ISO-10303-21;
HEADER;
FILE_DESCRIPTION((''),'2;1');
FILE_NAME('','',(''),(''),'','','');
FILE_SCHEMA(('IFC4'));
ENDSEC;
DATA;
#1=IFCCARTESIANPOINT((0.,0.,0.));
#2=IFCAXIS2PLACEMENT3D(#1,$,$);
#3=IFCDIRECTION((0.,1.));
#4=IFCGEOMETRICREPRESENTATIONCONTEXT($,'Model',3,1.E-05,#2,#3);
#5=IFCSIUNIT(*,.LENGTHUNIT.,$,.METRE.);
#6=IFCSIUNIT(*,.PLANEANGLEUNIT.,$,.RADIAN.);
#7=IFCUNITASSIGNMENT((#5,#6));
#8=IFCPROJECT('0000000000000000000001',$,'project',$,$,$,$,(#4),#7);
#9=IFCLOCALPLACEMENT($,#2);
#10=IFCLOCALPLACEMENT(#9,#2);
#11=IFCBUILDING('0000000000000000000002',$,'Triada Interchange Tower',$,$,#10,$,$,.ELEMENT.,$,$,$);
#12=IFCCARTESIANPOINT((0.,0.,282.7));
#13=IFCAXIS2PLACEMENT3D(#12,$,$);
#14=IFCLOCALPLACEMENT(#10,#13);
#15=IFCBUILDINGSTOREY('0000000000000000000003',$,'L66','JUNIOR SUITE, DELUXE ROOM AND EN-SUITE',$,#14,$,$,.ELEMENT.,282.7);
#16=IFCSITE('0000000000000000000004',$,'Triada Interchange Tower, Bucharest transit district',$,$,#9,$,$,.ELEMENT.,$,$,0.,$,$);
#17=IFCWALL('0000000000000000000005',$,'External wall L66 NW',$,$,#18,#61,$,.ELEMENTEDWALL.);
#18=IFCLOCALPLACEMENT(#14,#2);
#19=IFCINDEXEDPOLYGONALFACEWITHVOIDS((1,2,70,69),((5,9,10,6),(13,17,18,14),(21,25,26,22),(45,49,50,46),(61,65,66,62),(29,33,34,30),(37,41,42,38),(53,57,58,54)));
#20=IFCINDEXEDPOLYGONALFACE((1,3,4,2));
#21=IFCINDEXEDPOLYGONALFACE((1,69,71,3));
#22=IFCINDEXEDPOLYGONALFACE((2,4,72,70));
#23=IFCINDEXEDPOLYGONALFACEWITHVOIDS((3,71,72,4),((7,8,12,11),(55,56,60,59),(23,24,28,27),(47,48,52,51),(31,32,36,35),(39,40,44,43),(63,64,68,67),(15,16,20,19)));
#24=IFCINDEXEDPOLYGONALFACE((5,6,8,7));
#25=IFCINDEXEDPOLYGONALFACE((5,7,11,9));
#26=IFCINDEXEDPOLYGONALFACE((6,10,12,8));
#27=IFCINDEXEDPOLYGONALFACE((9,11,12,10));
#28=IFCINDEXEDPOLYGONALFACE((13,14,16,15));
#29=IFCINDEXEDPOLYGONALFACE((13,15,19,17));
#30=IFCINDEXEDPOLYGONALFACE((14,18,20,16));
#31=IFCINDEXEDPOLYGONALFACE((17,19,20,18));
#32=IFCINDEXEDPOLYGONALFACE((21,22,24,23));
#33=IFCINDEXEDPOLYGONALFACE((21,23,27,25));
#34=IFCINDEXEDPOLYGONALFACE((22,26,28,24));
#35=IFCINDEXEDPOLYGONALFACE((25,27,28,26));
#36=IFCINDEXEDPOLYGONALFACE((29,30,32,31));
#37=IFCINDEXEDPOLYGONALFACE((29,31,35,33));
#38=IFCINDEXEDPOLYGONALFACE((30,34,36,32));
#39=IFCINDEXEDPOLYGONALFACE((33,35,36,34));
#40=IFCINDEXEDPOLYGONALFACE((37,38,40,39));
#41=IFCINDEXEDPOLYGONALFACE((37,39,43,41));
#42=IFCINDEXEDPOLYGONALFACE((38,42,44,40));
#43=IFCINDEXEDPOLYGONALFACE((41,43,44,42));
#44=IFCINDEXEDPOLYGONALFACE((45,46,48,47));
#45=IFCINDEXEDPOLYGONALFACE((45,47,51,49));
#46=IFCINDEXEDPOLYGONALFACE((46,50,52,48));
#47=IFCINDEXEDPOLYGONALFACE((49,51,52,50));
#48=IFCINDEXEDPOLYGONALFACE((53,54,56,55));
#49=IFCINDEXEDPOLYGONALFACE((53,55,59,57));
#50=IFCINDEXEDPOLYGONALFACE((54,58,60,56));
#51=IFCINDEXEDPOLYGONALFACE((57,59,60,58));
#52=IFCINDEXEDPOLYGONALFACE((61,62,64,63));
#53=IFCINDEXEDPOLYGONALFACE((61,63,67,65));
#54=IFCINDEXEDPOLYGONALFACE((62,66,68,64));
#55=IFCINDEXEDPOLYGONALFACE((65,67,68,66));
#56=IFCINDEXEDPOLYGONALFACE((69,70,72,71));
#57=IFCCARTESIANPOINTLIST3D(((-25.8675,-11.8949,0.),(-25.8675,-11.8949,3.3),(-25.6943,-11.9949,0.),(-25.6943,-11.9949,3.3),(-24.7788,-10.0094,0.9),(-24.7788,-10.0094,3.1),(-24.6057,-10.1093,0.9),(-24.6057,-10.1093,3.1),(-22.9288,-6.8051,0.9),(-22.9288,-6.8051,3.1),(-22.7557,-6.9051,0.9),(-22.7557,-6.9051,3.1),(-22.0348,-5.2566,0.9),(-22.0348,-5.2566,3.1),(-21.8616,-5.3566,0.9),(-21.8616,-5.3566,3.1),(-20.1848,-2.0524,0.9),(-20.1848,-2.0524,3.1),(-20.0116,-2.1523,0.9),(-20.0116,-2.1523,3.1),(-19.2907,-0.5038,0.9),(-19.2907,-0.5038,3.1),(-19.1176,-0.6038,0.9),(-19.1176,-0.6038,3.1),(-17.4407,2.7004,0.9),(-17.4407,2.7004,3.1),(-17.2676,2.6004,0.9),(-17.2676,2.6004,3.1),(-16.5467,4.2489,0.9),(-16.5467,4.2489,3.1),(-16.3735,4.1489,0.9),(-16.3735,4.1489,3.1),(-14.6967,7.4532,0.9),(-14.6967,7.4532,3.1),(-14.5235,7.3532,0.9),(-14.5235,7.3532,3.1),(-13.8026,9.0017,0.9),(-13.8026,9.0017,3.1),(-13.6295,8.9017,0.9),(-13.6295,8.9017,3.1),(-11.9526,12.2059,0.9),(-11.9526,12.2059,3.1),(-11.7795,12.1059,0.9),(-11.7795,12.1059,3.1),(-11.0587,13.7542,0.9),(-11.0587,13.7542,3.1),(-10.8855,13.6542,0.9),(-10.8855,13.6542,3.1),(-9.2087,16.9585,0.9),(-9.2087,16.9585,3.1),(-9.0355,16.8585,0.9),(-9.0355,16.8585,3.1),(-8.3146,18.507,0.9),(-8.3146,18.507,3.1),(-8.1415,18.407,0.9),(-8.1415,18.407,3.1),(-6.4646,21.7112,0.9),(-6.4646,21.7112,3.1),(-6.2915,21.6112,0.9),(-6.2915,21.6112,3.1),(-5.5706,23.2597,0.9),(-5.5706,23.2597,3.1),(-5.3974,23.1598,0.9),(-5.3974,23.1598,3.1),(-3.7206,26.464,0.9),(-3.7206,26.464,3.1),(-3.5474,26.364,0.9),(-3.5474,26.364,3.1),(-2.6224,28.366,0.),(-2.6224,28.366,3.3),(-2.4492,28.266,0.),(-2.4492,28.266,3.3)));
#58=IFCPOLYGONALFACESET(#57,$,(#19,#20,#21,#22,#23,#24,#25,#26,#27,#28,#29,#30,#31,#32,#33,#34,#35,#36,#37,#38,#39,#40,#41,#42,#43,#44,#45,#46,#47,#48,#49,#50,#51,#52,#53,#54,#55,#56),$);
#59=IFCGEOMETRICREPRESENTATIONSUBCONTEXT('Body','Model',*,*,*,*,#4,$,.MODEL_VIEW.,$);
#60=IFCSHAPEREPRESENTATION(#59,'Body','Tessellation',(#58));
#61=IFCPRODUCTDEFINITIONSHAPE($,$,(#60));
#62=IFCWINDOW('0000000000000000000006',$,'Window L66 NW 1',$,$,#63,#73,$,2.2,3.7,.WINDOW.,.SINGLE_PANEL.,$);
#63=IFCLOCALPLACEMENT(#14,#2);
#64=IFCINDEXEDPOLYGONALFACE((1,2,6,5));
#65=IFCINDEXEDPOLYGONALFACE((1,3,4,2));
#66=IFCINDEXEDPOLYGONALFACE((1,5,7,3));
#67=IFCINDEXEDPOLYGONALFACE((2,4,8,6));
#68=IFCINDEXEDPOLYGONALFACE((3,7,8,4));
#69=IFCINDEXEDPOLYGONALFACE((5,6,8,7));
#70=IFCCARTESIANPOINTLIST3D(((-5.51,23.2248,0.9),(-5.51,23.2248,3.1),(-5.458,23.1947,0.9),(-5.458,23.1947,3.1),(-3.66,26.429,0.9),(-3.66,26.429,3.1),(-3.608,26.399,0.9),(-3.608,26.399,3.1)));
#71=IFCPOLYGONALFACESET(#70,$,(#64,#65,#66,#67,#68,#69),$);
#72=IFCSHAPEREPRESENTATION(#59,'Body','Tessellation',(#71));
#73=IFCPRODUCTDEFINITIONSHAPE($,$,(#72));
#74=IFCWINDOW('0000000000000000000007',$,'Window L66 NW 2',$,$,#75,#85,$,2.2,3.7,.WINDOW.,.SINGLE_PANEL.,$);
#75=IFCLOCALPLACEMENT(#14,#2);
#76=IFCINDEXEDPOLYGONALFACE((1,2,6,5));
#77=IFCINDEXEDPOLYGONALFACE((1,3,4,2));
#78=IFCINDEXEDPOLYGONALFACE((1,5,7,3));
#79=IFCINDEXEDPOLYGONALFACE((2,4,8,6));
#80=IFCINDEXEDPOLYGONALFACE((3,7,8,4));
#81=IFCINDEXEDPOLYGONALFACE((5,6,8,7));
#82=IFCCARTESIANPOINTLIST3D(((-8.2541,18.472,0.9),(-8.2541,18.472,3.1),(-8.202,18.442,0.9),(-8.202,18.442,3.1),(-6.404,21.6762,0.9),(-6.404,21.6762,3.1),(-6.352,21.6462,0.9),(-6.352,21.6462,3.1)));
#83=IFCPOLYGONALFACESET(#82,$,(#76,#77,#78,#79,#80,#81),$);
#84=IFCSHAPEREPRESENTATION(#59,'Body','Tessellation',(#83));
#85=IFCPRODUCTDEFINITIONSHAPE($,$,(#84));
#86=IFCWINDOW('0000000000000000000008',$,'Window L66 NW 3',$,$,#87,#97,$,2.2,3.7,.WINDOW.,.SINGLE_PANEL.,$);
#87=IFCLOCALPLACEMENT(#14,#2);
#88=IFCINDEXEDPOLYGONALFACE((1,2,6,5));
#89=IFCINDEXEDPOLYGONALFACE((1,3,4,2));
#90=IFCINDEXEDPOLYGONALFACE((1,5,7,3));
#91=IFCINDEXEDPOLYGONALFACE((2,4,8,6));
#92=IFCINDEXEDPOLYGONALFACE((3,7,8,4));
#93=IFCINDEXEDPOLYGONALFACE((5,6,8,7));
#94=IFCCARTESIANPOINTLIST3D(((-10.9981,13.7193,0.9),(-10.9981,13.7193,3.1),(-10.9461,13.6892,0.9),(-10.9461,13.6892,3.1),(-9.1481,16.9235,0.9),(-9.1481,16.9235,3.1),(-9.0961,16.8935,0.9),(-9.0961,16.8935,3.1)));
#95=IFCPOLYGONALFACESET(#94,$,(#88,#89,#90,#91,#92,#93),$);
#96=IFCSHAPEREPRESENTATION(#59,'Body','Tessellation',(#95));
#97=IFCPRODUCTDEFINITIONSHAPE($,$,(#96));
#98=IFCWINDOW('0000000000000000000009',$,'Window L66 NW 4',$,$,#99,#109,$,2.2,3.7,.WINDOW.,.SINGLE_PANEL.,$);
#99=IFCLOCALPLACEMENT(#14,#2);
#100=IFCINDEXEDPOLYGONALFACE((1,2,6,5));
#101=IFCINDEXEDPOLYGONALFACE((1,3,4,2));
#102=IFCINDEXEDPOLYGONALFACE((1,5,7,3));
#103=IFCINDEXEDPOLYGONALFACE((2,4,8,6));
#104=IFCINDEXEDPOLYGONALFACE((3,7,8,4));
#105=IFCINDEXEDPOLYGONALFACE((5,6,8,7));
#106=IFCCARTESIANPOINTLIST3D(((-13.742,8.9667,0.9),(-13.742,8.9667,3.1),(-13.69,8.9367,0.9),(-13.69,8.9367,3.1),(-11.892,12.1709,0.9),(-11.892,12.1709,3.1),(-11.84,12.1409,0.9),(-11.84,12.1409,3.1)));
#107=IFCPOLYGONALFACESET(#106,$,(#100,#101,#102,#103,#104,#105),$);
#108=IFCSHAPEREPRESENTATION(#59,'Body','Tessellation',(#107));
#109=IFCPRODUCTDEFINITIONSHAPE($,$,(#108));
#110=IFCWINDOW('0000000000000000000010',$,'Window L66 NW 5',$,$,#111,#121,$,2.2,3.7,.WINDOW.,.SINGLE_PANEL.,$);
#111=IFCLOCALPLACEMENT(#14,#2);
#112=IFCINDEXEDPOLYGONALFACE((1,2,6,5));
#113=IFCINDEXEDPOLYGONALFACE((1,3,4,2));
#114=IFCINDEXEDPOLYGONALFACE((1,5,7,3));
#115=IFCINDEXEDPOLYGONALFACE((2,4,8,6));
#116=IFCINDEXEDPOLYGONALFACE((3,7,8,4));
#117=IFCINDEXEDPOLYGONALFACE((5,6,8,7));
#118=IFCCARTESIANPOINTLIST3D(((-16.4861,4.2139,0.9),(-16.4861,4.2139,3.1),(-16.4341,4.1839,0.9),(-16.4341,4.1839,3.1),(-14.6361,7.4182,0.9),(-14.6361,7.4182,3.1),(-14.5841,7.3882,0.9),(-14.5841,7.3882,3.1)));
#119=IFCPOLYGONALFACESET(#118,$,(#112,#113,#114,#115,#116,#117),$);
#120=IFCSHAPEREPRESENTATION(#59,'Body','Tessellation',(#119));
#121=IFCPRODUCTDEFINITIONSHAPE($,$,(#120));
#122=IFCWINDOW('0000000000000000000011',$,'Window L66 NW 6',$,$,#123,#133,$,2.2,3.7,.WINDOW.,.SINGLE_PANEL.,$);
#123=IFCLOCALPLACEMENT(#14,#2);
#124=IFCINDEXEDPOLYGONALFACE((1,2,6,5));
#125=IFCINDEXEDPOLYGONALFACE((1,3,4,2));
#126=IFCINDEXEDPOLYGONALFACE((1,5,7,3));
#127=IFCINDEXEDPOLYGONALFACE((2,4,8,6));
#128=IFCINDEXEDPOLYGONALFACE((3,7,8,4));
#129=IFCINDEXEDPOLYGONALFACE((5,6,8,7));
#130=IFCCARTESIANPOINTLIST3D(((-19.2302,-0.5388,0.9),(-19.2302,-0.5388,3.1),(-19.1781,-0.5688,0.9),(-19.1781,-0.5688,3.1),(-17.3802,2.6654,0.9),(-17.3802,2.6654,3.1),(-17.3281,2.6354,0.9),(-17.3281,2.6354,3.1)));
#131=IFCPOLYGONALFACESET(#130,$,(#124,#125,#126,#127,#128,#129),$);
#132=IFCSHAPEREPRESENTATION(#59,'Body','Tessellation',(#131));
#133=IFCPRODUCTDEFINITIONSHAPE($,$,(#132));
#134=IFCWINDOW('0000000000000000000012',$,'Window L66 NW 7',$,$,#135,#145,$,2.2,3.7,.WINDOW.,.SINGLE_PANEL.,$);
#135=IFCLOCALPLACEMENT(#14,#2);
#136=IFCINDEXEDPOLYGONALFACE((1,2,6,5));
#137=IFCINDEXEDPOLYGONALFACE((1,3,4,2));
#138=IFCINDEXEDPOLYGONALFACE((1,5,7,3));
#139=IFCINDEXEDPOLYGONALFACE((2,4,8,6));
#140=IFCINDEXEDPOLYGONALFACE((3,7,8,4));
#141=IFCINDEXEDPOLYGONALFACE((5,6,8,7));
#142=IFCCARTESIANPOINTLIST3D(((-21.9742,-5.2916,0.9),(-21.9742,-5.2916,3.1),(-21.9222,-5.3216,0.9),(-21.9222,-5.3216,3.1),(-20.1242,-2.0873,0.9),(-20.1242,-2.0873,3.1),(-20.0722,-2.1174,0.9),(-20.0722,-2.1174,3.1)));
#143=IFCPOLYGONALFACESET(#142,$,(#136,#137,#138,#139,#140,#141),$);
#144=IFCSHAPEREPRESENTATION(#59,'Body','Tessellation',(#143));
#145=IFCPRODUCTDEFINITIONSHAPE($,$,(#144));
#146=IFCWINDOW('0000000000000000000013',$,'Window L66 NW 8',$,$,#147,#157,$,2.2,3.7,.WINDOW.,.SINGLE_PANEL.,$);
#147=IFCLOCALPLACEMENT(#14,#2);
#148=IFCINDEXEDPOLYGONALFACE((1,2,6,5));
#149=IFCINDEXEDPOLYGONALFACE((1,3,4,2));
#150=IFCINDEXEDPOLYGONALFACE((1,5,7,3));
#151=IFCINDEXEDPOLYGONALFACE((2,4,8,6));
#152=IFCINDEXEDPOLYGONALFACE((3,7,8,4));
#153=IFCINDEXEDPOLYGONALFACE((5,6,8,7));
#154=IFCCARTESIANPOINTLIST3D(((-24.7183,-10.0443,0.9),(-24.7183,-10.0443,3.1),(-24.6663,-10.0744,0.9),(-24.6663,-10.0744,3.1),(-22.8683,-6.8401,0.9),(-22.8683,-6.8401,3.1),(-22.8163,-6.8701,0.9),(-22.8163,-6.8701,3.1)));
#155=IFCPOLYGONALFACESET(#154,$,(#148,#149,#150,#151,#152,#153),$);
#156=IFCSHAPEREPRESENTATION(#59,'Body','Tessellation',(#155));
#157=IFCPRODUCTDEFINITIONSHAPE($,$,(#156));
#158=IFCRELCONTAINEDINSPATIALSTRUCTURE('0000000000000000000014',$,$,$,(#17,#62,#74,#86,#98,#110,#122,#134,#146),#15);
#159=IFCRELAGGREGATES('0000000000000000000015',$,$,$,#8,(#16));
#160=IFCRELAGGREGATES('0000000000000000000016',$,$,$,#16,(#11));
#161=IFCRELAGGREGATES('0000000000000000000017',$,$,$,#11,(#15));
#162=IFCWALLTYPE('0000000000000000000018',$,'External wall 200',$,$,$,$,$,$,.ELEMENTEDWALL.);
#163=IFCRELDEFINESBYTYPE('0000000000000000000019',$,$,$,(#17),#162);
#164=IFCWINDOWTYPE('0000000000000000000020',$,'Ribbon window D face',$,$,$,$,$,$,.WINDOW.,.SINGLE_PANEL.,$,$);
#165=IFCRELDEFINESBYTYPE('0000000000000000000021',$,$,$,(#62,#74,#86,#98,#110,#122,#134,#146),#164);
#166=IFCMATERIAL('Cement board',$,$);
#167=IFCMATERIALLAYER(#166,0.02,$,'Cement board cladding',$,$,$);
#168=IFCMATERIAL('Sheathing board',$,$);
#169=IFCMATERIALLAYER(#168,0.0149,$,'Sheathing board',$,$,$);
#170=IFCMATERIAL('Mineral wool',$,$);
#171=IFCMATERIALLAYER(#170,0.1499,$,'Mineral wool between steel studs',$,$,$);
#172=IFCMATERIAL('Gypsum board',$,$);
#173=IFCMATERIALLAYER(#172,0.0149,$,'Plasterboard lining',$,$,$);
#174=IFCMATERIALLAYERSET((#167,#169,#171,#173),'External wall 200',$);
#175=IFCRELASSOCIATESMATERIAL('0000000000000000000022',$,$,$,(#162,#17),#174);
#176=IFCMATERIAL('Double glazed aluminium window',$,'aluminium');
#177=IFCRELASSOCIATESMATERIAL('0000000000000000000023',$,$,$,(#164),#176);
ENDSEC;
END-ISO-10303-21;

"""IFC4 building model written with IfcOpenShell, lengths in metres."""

from ifc_helpers import new_model, si_unit, direction, frame, frame_2d, origin, place, context, subcontext, project, spatial, rectangle, extrude, material, layer, layer_set, layer_usage, type_object, element, fill, save


model = new_model("IFC4")

# Units and contexts
model_context = context("Model", 3, precision=1e-05, world=origin(), true_north=direction((0.0, 1.0)))
body_context = subcontext(model_context, "Body", "Model", "MODEL_VIEW")
ifc_project = project(units=[si_unit("LENGTHUNIT", "METRE"), si_unit("PLANEANGLEUNIT", "RADIAN")], contexts=[model_context])

# Site, building, storey
site_placement = place(None, origin())
site = spatial("IfcSite", under=ifc_project, at=site_placement, Name="Triada Interchange Tower, Bucharest transit district", CompositionType="ELEMENT", RefElevation=0.0)
building_placement = place(site_placement, origin())
building = spatial("IfcBuilding", under=site, at=building_placement, Name="Triada Interchange Tower", CompositionType="ELEMENT")
storey_placement = place(building_placement, frame((0.0, 0.0, 282.7)))
storey = spatial("IfcBuildingStorey", under=building, at=storey_placement, Name="L66", Description="JUNIOR SUITE, DELUXE ROOM AND EN-SUITE", CompositionType="ELEMENT", Elevation=282.7)

# Wall, openings, windows
ifc_material_1 = material(Name="Cement board")
ifc_layer_1 = layer(ifc_material_1, 0.02, Name="Cement board cladding")
ifc_material_2 = material(Name="Sheathing board")
ifc_layer_2 = layer(ifc_material_2, 0.0149, Name="Sheathing board")
ifc_material_3 = material(Name="Mineral wool")
ifc_layer_3 = layer(ifc_material_3, 0.1499, Name="Mineral wool between steel studs")
ifc_material_4 = material(Name="Gypsum board")
ifc_layer_4 = layer(ifc_material_4, 0.0149, Name="Plasterboard lining")
ifc_layer_set_1 = layer_set([ifc_layer_1, ifc_layer_2, ifc_layer_3, ifc_layer_4], Name="External wall 200")
ifc_layer_usage = layer_usage(ifc_layer_set_1, "AXIS2", "POSITIVE", -0.1001)
wall_type = type_object("IfcWallType", Name="External wall 200", PredefinedType="ELEMENTEDWALL", material=ifc_layer_set_1)
wall_placement = place(storey_placement, frame((-2.5359, 28.3159, 0.0), z_axis=(0.0, 0.0, 1.0), x_axis=(-0.500007, -0.866021, 0.0)))
wall = element("IfcWall", 1, at=wall_placement, inside=storey, type_object=wall_type, material=ifc_layer_usage, Name="External wall L66 NW", PredefinedType="ELEMENTEDWALL", context=body_context, shape_type="SweptSolid", body=[
    extrude(rectangle(XDim=46.4895, YDim=0.2, at=frame_2d((23.2446, 0.0))), origin(), (0.0, 0.0, 1.0), 3.3),
])
opening_1_placement = place(wall_placement, frame((2.196, 0.0, 0.8999)))
opening_1 = element("IfcOpeningElement", 2, at=opening_1_placement, cuts=wall, PredefinedType="OPENING", context=body_context, shape_type="SweptSolid", body=[
    extrude(rectangle(XDim=3.7, YDim=2.2, at=frame_2d((1.8501, 1.1001))), frame((0.0, 0.1099, 0.0), z_axis=(0.0, -1.0, 0.0), x_axis=(1.0, 0.0, 0.0)), (0.0, 0.0, 1.0), 0.22),
])
opening_2_placement = place(wall_placement, frame((7.6841, 0.0, 0.8999)))
opening_2 = element("IfcOpeningElement", 3, at=opening_2_placement, cuts=wall, PredefinedType="OPENING", context=body_context, shape_type="SweptSolid", body=[
    extrude(rectangle(XDim=3.7, YDim=2.2, at=frame_2d((1.8501, 1.1001))), frame((0.0, 0.1099, 0.0), z_axis=(0.0, -1.0, 0.0), x_axis=(1.0, 0.0, 0.0)), (0.0, 0.0, 1.0), 0.22),
])
opening_3_placement = place(wall_placement, frame((13.1721, 0.0, 0.8999)))
opening_3 = element("IfcOpeningElement", 4, at=opening_3_placement, cuts=wall, PredefinedType="OPENING", context=body_context, shape_type="SweptSolid", body=[
    extrude(rectangle(XDim=3.7, YDim=2.2, at=frame_2d((1.8501, 1.1001))), frame((0.0, 0.1099, 0.0), z_axis=(0.0, -1.0, 0.0), x_axis=(1.0, 0.0, 0.0)), (0.0, 0.0, 1.0), 0.22),
])
opening_4_placement = place(wall_placement, frame((18.6599, 0.0, 0.8999)))
opening_4 = element("IfcOpeningElement", 5, at=opening_4_placement, cuts=wall, PredefinedType="OPENING", context=body_context, shape_type="SweptSolid", body=[
    extrude(rectangle(XDim=3.7, YDim=2.2, at=frame_2d((1.8501, 1.1001))), frame((0.0, 0.1099, 0.0), z_axis=(0.0, -1.0, 0.0), x_axis=(1.0, 0.0, 0.0)), (0.0, 0.0, 1.0), 0.22),
])
opening_5_placement = place(wall_placement, frame((24.1479, 0.0, 0.8999)))
opening_5 = element("IfcOpeningElement", 6, at=opening_5_placement, cuts=wall, PredefinedType="OPENING", context=body_context, shape_type="SweptSolid", body=[
    extrude(rectangle(XDim=3.7, YDim=2.2, at=frame_2d((1.8501, 1.1001))), frame((0.0, 0.1099, 0.0), z_axis=(0.0, -1.0, 0.0), x_axis=(1.0, 0.0, 0.0)), (0.0, 0.0, 1.0), 0.22),
])
opening_6_placement = place(wall_placement, frame((29.636, 0.0, 0.8999)))
opening_6 = element("IfcOpeningElement", 7, at=opening_6_placement, cuts=wall, PredefinedType="OPENING", context=body_context, shape_type="SweptSolid", body=[
    extrude(rectangle(XDim=3.7, YDim=2.2, at=frame_2d((1.8501, 1.1001))), frame((0.0, 0.1099, 0.0), z_axis=(0.0, -1.0, 0.0), x_axis=(1.0, 0.0, 0.0)), (0.0, 0.0, 1.0), 0.22),
])
opening_7_placement = place(wall_placement, frame((35.124, 0.0, 0.8999)))
opening_7 = element("IfcOpeningElement", 8, at=opening_7_placement, cuts=wall, PredefinedType="OPENING", context=body_context, shape_type="SweptSolid", body=[
    extrude(rectangle(XDim=3.7, YDim=2.2, at=frame_2d((1.8501, 1.1001))), frame((0.0, 0.1099, 0.0), z_axis=(0.0, -1.0, 0.0), x_axis=(1.0, 0.0, 0.0)), (0.0, 0.0, 1.0), 0.22),
])
opening_8_placement = place(wall_placement, frame((40.6121, 0.0, 0.8999)))
opening_8 = element("IfcOpeningElement", 9, at=opening_8_placement, cuts=wall, PredefinedType="OPENING", context=body_context, shape_type="SweptSolid", body=[
    extrude(rectangle(XDim=3.7, YDim=2.2, at=frame_2d((1.8501, 1.1001))), frame((0.0, 0.1099, 0.0), z_axis=(0.0, -1.0, 0.0), x_axis=(1.0, 0.0, 0.0)), (0.0, 0.0, 1.0), 0.22),
])
ifc_material_5 = material(Name="Double glazed aluminium window", Category="aluminium")
window_type = type_object("IfcWindowType", Name="Ribbon window D face", PartitioningType="SINGLE_PANEL", PredefinedType="WINDOW", material=ifc_material_5)
window_1_placement = place(opening_1_placement, origin())
window_1 = element("IfcWindow", 10, at=window_1_placement, inside=storey, type_object=window_type, Name="Window L66 NW 1", OverallHeight=2.2, OverallWidth=3.7, PartitioningType="SINGLE_PANEL", PredefinedType="WINDOW", context=body_context, shape_type="SweptSolid", body=[
    extrude(rectangle(XDim=3.7, YDim=2.2, at=frame_2d((1.8501, 1.1001))), frame((0.0, 0.03, 0.0), z_axis=(0.0, -1.0, 0.0), x_axis=(1.0, 0.0, 0.0)), (0.0, 0.0, 1.0), 0.0601),
])
fill(opening_1, window_1)
window_2_placement = place(opening_2_placement, origin())
window_2 = element("IfcWindow", 11, at=window_2_placement, inside=storey, type_object=window_type, Name="Window L66 NW 2", OverallHeight=2.2, OverallWidth=3.7, PartitioningType="SINGLE_PANEL", PredefinedType="WINDOW", context=body_context, shape_type="SweptSolid", body=[
    extrude(rectangle(XDim=3.7, YDim=2.2, at=frame_2d((1.8501, 1.1001))), frame((0.0, 0.03, 0.0), z_axis=(0.0, -1.0, 0.0), x_axis=(1.0, 0.0, 0.0)), (0.0, 0.0, 1.0), 0.0601),
])
fill(opening_2, window_2)
window_3_placement = place(opening_3_placement, origin())
window_3 = element("IfcWindow", 12, at=window_3_placement, inside=storey, type_object=window_type, Name="Window L66 NW 3", OverallHeight=2.2, OverallWidth=3.7, PartitioningType="SINGLE_PANEL", PredefinedType="WINDOW", context=body_context, shape_type="SweptSolid", body=[
    extrude(rectangle(XDim=3.7, YDim=2.2, at=frame_2d((1.8501, 1.1001))), frame((0.0, 0.03, 0.0), z_axis=(0.0, -1.0, 0.0), x_axis=(1.0, 0.0, 0.0)), (0.0, 0.0, 1.0), 0.0601),
])
fill(opening_3, window_3)
window_4_placement = place(opening_4_placement, origin())
window_4 = element("IfcWindow", 13, at=window_4_placement, inside=storey, type_object=window_type, Name="Window L66 NW 4", OverallHeight=2.2, OverallWidth=3.7, PartitioningType="SINGLE_PANEL", PredefinedType="WINDOW", context=body_context, shape_type="SweptSolid", body=[
    extrude(rectangle(XDim=3.7, YDim=2.2, at=frame_2d((1.8501, 1.1001))), frame((0.0, 0.03, 0.0), z_axis=(0.0, -1.0, 0.0), x_axis=(1.0, 0.0, 0.0)), (0.0, 0.0, 1.0), 0.0601),
])
fill(opening_4, window_4)
window_5_placement = place(opening_5_placement, origin())
window_5 = element("IfcWindow", 14, at=window_5_placement, inside=storey, type_object=window_type, Name="Window L66 NW 5", OverallHeight=2.2, OverallWidth=3.7, PartitioningType="SINGLE_PANEL", PredefinedType="WINDOW", context=body_context, shape_type="SweptSolid", body=[
    extrude(rectangle(XDim=3.7, YDim=2.2, at=frame_2d((1.8501, 1.1001))), frame((0.0, 0.03, 0.0), z_axis=(0.0, -1.0, 0.0), x_axis=(1.0, 0.0, 0.0)), (0.0, 0.0, 1.0), 0.0601),
])
fill(opening_5, window_5)
window_6_placement = place(opening_6_placement, origin())
window_6 = element("IfcWindow", 15, at=window_6_placement, inside=storey, type_object=window_type, Name="Window L66 NW 6", OverallHeight=2.2, OverallWidth=3.7, PartitioningType="SINGLE_PANEL", PredefinedType="WINDOW", context=body_context, shape_type="SweptSolid", body=[
    extrude(rectangle(XDim=3.7, YDim=2.2, at=frame_2d((1.8501, 1.1001))), frame((0.0, 0.03, 0.0), z_axis=(0.0, -1.0, 0.0), x_axis=(1.0, 0.0, 0.0)), (0.0, 0.0, 1.0), 0.0601),
])
fill(opening_6, window_6)
window_7_placement = place(opening_7_placement, origin())
window_7 = element("IfcWindow", 16, at=window_7_placement, inside=storey, type_object=window_type, Name="Window L66 NW 7", OverallHeight=2.2, OverallWidth=3.7, PartitioningType="SINGLE_PANEL", PredefinedType="WINDOW", context=body_context, shape_type="SweptSolid", body=[
    extrude(rectangle(XDim=3.7, YDim=2.2, at=frame_2d((1.8501, 1.1001))), frame((0.0, 0.03, 0.0), z_axis=(0.0, -1.0, 0.0), x_axis=(1.0, 0.0, 0.0)), (0.0, 0.0, 1.0), 0.0601),
])
fill(opening_7, window_7)
window_8_placement = place(opening_8_placement, origin())
window_8 = element("IfcWindow", 17, at=window_8_placement, inside=storey, type_object=window_type, Name="Window L66 NW 8", OverallHeight=2.2, OverallWidth=3.7, PartitioningType="SINGLE_PANEL", PredefinedType="WINDOW", context=body_context, shape_type="SweptSolid", body=[
    extrude(rectangle(XDim=3.7, YDim=2.2, at=frame_2d((1.8501, 1.1001))), frame((0.0, 0.03, 0.0), z_axis=(0.0, -1.0, 0.0), x_axis=(1.0, 0.0, 0.0)), (0.0, 0.0, 1.0), 0.0601),
])
fill(opening_8, window_8)

save(model, "model.ifc")
